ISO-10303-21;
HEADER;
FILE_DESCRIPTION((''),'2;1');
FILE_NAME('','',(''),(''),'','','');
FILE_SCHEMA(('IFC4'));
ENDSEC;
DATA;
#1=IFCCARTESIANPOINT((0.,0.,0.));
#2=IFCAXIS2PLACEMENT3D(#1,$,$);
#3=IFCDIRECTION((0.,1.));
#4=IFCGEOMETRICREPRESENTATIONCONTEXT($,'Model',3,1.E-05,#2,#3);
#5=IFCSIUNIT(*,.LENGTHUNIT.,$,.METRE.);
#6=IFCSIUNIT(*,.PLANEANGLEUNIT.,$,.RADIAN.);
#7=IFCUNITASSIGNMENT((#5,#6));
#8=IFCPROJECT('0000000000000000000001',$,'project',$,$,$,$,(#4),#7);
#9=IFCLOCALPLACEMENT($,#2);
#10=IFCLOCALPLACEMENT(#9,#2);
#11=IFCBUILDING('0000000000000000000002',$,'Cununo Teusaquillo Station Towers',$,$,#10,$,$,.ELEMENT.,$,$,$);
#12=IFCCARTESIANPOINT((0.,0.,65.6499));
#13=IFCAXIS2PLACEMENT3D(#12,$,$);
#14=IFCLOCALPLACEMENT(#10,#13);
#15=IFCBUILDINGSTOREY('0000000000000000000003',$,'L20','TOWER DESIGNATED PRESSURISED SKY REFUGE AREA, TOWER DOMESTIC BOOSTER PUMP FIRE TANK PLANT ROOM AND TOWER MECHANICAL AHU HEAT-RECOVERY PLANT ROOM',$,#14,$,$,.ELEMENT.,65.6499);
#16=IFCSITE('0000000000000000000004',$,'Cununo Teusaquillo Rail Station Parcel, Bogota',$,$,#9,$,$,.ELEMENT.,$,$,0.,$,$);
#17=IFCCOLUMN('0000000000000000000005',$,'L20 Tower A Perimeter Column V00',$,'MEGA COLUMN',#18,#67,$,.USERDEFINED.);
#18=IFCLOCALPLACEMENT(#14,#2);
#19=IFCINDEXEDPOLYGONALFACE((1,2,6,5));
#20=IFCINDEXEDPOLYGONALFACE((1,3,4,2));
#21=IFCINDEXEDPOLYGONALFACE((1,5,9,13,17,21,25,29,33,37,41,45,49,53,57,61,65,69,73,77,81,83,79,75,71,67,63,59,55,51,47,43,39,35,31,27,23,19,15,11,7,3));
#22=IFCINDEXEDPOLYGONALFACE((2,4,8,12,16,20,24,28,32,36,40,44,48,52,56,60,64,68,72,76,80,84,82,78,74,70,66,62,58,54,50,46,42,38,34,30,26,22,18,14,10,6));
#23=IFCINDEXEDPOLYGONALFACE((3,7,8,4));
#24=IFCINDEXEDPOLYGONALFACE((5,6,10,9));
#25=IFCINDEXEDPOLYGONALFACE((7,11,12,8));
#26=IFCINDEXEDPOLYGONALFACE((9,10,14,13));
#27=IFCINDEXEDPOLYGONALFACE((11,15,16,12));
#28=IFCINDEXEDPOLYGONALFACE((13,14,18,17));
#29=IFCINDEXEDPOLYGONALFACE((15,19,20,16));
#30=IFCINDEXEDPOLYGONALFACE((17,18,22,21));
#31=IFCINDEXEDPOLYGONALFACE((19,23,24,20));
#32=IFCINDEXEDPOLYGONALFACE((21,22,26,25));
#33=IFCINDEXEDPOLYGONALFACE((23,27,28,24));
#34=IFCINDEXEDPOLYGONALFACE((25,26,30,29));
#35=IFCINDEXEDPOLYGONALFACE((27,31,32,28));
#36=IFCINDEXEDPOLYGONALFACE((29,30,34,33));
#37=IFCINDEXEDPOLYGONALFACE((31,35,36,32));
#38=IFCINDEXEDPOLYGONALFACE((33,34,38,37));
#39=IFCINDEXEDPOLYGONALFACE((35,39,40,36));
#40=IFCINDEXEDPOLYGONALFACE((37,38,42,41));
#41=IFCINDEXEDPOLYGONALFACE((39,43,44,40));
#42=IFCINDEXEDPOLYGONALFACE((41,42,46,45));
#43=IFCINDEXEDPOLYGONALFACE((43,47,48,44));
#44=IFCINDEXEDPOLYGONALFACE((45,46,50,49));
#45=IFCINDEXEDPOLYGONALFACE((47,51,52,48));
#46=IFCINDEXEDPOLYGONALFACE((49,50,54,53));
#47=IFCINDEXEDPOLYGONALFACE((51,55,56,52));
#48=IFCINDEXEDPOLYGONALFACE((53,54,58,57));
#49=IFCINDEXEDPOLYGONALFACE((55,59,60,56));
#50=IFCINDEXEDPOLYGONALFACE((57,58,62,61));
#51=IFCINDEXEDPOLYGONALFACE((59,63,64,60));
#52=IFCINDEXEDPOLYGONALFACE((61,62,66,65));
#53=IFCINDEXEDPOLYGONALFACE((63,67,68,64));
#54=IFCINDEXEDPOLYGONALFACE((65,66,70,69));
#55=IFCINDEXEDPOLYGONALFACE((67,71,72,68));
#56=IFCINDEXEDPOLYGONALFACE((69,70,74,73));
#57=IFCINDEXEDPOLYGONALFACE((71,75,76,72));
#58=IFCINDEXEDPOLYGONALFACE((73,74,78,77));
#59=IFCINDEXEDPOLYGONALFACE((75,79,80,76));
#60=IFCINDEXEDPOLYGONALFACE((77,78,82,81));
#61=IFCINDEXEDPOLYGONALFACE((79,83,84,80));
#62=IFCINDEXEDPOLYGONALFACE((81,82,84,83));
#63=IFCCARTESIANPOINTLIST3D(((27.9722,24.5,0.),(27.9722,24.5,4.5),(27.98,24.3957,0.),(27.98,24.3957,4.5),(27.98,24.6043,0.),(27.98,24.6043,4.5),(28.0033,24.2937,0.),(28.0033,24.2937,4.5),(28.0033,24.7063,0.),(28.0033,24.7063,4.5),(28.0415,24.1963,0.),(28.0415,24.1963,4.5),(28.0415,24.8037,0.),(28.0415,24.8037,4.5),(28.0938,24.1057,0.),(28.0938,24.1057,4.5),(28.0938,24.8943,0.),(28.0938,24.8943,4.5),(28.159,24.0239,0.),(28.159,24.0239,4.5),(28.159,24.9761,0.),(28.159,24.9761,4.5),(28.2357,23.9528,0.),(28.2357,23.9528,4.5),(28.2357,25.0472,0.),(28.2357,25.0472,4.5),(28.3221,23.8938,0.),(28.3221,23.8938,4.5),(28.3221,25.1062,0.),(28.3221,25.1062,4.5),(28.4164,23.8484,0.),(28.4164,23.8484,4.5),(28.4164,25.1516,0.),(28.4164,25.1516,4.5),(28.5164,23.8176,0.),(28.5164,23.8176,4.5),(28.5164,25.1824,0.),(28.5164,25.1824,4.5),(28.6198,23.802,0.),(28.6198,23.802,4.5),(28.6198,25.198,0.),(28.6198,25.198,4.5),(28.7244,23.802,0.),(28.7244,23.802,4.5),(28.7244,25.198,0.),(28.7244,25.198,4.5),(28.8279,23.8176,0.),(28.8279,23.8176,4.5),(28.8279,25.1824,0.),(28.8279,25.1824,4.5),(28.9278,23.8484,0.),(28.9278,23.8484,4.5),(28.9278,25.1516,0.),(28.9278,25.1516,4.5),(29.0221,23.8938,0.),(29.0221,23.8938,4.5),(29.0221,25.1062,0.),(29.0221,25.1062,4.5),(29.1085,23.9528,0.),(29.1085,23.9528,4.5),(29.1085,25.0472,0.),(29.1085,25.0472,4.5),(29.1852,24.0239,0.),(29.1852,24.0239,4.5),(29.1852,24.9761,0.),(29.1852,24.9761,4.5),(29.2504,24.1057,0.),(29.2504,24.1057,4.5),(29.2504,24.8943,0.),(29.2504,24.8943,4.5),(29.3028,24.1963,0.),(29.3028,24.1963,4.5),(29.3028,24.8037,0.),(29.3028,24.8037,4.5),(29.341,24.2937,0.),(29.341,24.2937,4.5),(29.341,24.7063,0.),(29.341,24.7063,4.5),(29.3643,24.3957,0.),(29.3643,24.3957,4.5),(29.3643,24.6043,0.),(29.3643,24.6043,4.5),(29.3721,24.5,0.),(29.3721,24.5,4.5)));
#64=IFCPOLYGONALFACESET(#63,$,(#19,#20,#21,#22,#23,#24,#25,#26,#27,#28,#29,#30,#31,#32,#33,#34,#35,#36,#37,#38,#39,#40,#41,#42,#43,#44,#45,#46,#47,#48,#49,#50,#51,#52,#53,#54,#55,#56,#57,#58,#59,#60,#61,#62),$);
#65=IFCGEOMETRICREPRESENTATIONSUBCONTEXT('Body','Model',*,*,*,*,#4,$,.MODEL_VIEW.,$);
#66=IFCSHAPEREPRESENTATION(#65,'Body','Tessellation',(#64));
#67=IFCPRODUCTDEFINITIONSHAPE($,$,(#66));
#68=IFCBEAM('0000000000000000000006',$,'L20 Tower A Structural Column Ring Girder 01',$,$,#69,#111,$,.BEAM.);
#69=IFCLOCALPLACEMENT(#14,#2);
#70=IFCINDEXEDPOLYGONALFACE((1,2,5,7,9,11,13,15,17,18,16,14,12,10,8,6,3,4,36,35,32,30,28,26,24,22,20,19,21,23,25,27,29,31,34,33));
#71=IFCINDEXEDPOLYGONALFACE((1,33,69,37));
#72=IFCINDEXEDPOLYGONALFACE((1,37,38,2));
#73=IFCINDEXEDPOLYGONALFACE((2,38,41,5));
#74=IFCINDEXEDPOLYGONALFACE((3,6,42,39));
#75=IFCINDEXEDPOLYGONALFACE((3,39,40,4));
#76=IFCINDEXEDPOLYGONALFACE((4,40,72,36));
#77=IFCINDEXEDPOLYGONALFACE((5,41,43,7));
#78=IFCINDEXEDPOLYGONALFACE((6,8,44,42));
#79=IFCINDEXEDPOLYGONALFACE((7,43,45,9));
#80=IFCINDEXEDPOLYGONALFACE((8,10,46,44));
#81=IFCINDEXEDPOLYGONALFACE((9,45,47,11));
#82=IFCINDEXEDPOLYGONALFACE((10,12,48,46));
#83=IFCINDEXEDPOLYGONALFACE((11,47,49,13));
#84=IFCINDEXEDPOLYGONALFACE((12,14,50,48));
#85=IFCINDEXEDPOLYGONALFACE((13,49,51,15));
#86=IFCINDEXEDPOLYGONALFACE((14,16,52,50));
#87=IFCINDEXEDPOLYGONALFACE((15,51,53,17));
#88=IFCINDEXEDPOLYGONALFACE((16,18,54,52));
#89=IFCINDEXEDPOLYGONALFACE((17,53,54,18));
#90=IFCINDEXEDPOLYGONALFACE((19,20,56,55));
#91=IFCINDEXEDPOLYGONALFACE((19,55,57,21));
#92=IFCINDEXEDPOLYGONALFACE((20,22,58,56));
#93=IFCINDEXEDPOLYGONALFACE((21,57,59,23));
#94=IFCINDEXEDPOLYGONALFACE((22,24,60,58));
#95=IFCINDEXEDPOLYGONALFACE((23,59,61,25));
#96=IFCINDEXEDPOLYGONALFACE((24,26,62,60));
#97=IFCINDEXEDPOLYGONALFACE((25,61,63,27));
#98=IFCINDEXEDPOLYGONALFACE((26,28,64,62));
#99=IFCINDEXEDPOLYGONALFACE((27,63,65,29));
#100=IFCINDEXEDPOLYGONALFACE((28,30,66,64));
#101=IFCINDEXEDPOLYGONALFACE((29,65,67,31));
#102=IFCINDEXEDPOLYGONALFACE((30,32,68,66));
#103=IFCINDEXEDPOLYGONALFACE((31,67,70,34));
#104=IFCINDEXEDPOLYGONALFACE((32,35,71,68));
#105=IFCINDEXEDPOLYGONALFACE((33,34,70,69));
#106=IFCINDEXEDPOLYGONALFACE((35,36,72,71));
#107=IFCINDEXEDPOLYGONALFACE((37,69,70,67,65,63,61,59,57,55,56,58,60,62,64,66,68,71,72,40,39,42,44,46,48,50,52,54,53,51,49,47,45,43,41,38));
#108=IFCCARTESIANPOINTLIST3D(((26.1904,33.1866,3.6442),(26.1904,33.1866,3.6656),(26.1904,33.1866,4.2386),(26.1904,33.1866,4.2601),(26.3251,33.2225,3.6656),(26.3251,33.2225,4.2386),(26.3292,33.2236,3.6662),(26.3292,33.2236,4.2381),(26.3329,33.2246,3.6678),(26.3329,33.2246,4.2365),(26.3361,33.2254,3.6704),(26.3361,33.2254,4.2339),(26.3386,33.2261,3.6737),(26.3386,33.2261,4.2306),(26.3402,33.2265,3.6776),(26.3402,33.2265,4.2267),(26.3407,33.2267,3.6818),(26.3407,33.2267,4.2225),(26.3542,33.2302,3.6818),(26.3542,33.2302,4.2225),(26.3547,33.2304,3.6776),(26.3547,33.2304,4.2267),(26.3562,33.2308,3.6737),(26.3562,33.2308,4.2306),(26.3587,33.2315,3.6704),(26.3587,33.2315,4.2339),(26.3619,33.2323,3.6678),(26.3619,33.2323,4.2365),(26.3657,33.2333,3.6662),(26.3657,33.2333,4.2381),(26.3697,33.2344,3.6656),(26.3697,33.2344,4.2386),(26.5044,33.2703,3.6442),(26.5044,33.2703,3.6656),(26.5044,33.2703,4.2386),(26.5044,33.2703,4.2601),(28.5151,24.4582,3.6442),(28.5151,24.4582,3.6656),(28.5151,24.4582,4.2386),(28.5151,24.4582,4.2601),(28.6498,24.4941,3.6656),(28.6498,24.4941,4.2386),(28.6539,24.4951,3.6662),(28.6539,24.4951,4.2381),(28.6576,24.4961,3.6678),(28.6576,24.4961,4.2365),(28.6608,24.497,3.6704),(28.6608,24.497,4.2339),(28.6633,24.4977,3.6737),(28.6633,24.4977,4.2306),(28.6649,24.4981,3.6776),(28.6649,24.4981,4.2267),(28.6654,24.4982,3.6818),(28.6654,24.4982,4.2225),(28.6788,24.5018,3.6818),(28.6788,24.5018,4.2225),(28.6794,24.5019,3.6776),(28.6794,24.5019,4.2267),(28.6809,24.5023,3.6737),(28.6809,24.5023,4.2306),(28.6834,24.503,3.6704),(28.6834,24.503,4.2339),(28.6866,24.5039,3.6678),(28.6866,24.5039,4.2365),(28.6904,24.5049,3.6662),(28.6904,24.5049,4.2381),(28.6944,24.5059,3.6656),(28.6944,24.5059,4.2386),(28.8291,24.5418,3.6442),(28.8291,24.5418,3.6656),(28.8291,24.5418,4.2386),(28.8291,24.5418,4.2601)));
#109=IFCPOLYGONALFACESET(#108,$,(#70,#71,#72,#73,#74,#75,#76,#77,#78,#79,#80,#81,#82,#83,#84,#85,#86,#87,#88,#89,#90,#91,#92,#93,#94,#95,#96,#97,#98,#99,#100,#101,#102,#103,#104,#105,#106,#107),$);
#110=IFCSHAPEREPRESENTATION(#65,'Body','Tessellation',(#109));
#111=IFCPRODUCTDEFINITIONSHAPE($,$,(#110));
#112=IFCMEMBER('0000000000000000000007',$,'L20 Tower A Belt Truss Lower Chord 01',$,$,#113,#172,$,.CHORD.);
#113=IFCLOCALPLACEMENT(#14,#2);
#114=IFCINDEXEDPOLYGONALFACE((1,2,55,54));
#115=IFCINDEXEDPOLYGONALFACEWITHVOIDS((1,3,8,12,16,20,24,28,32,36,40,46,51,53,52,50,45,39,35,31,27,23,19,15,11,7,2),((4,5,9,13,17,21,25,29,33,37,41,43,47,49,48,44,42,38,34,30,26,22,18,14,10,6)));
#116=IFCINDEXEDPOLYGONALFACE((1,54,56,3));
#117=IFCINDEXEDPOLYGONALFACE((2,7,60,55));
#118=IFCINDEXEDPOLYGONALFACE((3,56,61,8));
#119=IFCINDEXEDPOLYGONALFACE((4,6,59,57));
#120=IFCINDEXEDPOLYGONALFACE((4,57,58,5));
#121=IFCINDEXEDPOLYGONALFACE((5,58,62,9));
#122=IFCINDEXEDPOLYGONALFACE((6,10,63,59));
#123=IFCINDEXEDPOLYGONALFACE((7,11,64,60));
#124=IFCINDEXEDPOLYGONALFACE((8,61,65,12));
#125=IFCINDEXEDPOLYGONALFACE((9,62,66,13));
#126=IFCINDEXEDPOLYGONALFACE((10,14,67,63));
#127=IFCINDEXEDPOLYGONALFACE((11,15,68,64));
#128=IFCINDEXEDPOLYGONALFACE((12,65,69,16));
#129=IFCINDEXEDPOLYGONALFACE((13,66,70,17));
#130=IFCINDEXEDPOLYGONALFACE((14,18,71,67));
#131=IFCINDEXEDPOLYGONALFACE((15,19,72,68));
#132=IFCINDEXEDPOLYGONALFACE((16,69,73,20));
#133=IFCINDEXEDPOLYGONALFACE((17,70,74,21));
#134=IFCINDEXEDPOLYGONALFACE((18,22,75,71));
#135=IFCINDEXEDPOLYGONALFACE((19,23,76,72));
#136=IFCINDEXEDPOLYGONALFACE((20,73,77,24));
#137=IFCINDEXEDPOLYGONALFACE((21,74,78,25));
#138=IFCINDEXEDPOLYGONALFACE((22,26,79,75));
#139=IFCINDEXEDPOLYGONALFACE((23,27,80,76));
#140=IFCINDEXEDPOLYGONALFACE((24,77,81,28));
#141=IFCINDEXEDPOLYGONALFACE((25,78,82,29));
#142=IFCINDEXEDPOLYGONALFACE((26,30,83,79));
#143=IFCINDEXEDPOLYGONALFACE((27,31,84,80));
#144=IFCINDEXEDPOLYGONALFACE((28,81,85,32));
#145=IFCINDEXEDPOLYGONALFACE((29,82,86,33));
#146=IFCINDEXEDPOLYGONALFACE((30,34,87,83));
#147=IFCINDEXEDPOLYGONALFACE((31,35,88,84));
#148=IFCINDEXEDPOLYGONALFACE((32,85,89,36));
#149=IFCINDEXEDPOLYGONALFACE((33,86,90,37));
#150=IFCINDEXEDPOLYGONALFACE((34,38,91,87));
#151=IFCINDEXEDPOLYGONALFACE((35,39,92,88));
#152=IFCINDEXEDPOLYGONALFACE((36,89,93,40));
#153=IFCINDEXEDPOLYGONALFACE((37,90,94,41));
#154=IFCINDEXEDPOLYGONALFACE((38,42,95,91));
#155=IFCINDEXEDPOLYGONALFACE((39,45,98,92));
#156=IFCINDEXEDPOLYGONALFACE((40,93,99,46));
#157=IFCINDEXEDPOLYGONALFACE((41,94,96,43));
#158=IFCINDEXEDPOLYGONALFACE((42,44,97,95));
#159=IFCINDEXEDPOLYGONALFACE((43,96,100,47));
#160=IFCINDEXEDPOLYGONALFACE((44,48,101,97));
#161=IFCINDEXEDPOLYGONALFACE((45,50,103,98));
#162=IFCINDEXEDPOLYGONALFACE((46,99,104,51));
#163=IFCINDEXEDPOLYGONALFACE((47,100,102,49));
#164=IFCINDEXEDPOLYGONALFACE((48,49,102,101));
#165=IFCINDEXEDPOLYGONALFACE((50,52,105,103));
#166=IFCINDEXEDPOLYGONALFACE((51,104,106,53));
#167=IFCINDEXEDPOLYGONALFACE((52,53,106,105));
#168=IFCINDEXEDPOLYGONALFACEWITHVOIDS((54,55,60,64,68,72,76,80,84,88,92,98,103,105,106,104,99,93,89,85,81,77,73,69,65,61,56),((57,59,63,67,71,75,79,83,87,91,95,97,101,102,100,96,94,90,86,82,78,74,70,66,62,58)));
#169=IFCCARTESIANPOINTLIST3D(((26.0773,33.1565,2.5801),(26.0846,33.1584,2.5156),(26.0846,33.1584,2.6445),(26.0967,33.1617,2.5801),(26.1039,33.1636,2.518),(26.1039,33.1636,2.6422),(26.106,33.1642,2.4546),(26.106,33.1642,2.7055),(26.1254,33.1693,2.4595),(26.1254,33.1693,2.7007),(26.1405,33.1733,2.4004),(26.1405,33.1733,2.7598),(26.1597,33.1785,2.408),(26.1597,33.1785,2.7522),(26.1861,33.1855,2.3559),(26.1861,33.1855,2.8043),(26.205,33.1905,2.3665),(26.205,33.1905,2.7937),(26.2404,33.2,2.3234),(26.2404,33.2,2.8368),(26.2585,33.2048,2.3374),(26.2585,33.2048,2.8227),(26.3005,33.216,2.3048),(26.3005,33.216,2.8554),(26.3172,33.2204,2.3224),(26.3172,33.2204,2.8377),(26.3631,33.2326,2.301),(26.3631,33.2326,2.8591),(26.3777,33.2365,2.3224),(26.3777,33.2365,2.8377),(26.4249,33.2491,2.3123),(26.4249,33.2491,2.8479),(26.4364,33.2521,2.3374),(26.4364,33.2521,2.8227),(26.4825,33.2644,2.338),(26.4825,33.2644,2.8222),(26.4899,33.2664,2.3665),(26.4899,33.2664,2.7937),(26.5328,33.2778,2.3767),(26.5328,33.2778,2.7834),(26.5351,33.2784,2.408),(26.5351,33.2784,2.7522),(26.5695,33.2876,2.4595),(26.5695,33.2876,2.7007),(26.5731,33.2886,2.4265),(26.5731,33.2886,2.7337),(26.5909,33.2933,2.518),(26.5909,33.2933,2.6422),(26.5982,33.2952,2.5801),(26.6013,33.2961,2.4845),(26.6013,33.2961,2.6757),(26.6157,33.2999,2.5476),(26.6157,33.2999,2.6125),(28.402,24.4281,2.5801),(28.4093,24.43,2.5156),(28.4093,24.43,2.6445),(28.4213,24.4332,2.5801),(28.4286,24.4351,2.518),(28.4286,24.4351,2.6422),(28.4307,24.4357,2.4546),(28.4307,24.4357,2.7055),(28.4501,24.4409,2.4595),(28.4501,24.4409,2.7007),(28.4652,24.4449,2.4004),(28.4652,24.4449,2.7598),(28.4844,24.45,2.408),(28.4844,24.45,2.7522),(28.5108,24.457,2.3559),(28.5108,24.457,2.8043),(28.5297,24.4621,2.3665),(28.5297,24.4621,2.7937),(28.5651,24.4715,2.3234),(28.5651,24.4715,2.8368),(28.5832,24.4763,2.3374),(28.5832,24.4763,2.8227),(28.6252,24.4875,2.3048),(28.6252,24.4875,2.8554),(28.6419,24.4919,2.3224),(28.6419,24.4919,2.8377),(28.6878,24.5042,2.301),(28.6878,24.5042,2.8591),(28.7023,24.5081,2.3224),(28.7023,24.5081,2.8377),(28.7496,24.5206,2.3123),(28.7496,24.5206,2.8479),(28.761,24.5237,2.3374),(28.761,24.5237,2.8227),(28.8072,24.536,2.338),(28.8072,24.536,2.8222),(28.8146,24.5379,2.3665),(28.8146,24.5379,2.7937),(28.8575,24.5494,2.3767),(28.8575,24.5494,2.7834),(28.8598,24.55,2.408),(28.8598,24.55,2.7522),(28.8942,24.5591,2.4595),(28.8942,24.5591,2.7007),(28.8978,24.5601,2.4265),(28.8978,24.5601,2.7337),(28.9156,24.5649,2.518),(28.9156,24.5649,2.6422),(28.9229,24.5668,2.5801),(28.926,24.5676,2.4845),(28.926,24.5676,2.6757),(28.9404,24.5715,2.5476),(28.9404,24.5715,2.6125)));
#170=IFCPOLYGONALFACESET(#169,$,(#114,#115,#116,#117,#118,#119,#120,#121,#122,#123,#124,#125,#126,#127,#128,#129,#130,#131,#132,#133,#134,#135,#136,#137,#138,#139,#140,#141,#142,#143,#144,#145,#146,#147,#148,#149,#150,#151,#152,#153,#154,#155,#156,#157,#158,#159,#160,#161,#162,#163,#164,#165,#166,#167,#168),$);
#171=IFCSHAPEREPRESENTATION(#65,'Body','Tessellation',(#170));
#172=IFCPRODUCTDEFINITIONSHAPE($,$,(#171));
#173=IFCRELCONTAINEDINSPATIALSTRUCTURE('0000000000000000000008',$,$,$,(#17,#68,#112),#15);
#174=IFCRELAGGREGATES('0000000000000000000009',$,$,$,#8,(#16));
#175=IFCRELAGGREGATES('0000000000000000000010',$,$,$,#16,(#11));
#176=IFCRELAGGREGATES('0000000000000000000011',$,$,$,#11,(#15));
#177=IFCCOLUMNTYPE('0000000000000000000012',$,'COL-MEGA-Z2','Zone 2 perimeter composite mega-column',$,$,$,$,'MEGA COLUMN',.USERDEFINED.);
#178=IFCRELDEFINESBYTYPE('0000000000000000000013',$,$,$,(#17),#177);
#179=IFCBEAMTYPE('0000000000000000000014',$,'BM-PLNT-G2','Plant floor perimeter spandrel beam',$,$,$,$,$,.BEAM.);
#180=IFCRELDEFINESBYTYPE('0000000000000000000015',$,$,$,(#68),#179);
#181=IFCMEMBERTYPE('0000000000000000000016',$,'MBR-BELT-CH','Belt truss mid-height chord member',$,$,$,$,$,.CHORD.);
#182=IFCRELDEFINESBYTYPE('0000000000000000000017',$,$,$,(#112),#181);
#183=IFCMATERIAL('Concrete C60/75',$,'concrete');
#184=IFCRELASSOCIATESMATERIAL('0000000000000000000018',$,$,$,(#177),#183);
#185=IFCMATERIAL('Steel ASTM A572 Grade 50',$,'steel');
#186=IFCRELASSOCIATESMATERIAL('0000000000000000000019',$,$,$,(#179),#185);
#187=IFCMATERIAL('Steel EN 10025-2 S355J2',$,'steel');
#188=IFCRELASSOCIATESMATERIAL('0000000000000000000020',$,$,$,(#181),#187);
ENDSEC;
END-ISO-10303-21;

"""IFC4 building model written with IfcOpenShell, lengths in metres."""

from ifc_helpers import new_model, si_unit, direction, frame, origin, origin_2d, place, context, subcontext, project, spatial, circle, hollow_circle, i_section, extrude, material, material_profile, profile_set, type_object, element, save


model = new_model("IFC4")

# Units and contexts
model_context = context("Model", 3, precision=1e-05, world=origin(), true_north=direction((0.0, 1.0)))
body_context = subcontext(model_context, "Body", "Model", "MODEL_VIEW")
ifc_project = project(units=[si_unit("LENGTHUNIT", "METRE"), si_unit("PLANEANGLEUNIT", "RADIAN")], contexts=[model_context])

# Site, building, storey
site_placement = place(None, origin())
site = spatial("IfcSite", under=ifc_project, at=site_placement, Name="Cununo Teusaquillo Rail Station Parcel, Bogota", CompositionType="ELEMENT", RefElevation=0.0)
building_placement = place(site_placement, origin())
building = spatial("IfcBuilding", under=site, at=building_placement, Name="Cununo Teusaquillo Station Towers", CompositionType="ELEMENT")
storey_placement = place(building_placement, frame((0.0, 0.0, 65.6499)))
storey = spatial("IfcBuildingStorey", under=building, at=storey_placement, Name="L20", Description="TOWER DESIGNATED PRESSURISED SKY REFUGE AREA, TOWER DOMESTIC BOOSTER PUMP FIRE TANK PLANT ROOM AND TOWER MECHANICAL AHU HEAT-RECOVERY PLANT ROOM", CompositionType="ELEMENT", Elevation=65.6499)

# Column
ifc_material_1 = material(Name="Concrete C60/75", Category="concrete")
ifc_material_profile_1 = material_profile(ifc_material_1, circle(Radius=0.7, at=origin_2d()), Name="RC-CIRC-1400")
ifc_profile_set_1 = profile_set([ifc_material_profile_1], Name="Concrete C60/75")
column_type = type_object("IfcColumnType", Name="COL-MEGA-Z2", Description="Zone 2 perimeter composite mega-column", ElementType="MEGA COLUMN", PredefinedType="USERDEFINED", material=ifc_profile_set_1)
column_placement = place(storey_placement, frame((28.6721, 24.5, 0.0), z_axis=(0.0, 0.0, 1.0), x_axis=(1.0, 0.0, 0.0)))
element("IfcColumn", 1, at=column_placement, inside=storey, type_object=column_type, Name="L20 Tower A Perimeter Column V00", ObjectType="MEGA COLUMN", PredefinedType="USERDEFINED", context=body_context, shape_type="SweptSolid", body=[
    extrude(circle(Radius=0.7, at=origin_2d()), origin(), (0.0, 0.0, 1.0), 4.5),
])

# Beam
ifc_material_2 = material(Name="Steel ASTM A572 Grade 50", Category="steel")
ifc_material_profile_2 = material_profile(ifc_material_2, i_section(OverallWidth=0.325, OverallDepth=0.616, WebThickness=0.0139, FlangeThickness=0.0215, FilletRadius=0.0161, at=origin_2d()), Name="W24X117")
ifc_profile_set_2 = profile_set([ifc_material_profile_2], Name="Steel ASTM A572 Grade 50")
beam_type = type_object("IfcBeamType", Name="BM-PLNT-G2", Description="Plant floor perimeter spandrel beam", PredefinedType="BEAM", material=ifc_profile_set_2)
beam_placement = place(storey_placement, frame((28.6721, 24.5, 3.9521), z_axis=(-0.257363, 0.966315, 0.0), x_axis=(-0.966315, -0.257363, 0.0)))
element("IfcBeam", 2, at=beam_placement, inside=storey, type_object=beam_type, Name="L20 Tower A Structural Column Ring Girder 01", PredefinedType="BEAM", context=body_context, shape_type="SweptSolid", body=[
    extrude(i_section(OverallWidth=0.325, OverallDepth=0.616, WebThickness=0.0139, FlangeThickness=0.0215, FilletRadius=0.0161, at=origin_2d()), origin(), (0.0, 0.0, 1.0), 9.0327),
])

# Member
ifc_material_3 = material(Name="Steel EN 10025-2 S355J2", Category="steel")
ifc_material_profile_3 = material_profile(ifc_material_3, hollow_circle(Radius=0.2795, WallThickness=0.02, at=origin_2d()), Name="CHS 559x20")
ifc_profile_set_3 = profile_set([ifc_material_profile_3], Name="Steel EN 10025-2 S355J2")
member_type_1 = type_object("IfcMemberType", Name="MBR-BELT-CH", Description="Belt truss mid-height chord member", PredefinedType="CHORD", material=ifc_profile_set_3)
member_1_placement = place(storey_placement, frame((28.6721, 24.5, 2.5801), z_axis=(-0.257363, 0.966315, 0.0), x_axis=(-0.966315, -0.257363, 0.0)))
element("IfcMember", 3, at=member_1_placement, inside=storey, type_object=member_type_1, Name="L20 Tower A Belt Truss Lower Chord 01", PredefinedType="CHORD", context=body_context, shape_type="SweptSolid", body=[
    extrude(hollow_circle(Radius=0.2795, WallThickness=0.02, at=origin_2d()), origin(), (0.0, 0.0, 1.0), 9.0327),
])

save(model, "model.ifc")
